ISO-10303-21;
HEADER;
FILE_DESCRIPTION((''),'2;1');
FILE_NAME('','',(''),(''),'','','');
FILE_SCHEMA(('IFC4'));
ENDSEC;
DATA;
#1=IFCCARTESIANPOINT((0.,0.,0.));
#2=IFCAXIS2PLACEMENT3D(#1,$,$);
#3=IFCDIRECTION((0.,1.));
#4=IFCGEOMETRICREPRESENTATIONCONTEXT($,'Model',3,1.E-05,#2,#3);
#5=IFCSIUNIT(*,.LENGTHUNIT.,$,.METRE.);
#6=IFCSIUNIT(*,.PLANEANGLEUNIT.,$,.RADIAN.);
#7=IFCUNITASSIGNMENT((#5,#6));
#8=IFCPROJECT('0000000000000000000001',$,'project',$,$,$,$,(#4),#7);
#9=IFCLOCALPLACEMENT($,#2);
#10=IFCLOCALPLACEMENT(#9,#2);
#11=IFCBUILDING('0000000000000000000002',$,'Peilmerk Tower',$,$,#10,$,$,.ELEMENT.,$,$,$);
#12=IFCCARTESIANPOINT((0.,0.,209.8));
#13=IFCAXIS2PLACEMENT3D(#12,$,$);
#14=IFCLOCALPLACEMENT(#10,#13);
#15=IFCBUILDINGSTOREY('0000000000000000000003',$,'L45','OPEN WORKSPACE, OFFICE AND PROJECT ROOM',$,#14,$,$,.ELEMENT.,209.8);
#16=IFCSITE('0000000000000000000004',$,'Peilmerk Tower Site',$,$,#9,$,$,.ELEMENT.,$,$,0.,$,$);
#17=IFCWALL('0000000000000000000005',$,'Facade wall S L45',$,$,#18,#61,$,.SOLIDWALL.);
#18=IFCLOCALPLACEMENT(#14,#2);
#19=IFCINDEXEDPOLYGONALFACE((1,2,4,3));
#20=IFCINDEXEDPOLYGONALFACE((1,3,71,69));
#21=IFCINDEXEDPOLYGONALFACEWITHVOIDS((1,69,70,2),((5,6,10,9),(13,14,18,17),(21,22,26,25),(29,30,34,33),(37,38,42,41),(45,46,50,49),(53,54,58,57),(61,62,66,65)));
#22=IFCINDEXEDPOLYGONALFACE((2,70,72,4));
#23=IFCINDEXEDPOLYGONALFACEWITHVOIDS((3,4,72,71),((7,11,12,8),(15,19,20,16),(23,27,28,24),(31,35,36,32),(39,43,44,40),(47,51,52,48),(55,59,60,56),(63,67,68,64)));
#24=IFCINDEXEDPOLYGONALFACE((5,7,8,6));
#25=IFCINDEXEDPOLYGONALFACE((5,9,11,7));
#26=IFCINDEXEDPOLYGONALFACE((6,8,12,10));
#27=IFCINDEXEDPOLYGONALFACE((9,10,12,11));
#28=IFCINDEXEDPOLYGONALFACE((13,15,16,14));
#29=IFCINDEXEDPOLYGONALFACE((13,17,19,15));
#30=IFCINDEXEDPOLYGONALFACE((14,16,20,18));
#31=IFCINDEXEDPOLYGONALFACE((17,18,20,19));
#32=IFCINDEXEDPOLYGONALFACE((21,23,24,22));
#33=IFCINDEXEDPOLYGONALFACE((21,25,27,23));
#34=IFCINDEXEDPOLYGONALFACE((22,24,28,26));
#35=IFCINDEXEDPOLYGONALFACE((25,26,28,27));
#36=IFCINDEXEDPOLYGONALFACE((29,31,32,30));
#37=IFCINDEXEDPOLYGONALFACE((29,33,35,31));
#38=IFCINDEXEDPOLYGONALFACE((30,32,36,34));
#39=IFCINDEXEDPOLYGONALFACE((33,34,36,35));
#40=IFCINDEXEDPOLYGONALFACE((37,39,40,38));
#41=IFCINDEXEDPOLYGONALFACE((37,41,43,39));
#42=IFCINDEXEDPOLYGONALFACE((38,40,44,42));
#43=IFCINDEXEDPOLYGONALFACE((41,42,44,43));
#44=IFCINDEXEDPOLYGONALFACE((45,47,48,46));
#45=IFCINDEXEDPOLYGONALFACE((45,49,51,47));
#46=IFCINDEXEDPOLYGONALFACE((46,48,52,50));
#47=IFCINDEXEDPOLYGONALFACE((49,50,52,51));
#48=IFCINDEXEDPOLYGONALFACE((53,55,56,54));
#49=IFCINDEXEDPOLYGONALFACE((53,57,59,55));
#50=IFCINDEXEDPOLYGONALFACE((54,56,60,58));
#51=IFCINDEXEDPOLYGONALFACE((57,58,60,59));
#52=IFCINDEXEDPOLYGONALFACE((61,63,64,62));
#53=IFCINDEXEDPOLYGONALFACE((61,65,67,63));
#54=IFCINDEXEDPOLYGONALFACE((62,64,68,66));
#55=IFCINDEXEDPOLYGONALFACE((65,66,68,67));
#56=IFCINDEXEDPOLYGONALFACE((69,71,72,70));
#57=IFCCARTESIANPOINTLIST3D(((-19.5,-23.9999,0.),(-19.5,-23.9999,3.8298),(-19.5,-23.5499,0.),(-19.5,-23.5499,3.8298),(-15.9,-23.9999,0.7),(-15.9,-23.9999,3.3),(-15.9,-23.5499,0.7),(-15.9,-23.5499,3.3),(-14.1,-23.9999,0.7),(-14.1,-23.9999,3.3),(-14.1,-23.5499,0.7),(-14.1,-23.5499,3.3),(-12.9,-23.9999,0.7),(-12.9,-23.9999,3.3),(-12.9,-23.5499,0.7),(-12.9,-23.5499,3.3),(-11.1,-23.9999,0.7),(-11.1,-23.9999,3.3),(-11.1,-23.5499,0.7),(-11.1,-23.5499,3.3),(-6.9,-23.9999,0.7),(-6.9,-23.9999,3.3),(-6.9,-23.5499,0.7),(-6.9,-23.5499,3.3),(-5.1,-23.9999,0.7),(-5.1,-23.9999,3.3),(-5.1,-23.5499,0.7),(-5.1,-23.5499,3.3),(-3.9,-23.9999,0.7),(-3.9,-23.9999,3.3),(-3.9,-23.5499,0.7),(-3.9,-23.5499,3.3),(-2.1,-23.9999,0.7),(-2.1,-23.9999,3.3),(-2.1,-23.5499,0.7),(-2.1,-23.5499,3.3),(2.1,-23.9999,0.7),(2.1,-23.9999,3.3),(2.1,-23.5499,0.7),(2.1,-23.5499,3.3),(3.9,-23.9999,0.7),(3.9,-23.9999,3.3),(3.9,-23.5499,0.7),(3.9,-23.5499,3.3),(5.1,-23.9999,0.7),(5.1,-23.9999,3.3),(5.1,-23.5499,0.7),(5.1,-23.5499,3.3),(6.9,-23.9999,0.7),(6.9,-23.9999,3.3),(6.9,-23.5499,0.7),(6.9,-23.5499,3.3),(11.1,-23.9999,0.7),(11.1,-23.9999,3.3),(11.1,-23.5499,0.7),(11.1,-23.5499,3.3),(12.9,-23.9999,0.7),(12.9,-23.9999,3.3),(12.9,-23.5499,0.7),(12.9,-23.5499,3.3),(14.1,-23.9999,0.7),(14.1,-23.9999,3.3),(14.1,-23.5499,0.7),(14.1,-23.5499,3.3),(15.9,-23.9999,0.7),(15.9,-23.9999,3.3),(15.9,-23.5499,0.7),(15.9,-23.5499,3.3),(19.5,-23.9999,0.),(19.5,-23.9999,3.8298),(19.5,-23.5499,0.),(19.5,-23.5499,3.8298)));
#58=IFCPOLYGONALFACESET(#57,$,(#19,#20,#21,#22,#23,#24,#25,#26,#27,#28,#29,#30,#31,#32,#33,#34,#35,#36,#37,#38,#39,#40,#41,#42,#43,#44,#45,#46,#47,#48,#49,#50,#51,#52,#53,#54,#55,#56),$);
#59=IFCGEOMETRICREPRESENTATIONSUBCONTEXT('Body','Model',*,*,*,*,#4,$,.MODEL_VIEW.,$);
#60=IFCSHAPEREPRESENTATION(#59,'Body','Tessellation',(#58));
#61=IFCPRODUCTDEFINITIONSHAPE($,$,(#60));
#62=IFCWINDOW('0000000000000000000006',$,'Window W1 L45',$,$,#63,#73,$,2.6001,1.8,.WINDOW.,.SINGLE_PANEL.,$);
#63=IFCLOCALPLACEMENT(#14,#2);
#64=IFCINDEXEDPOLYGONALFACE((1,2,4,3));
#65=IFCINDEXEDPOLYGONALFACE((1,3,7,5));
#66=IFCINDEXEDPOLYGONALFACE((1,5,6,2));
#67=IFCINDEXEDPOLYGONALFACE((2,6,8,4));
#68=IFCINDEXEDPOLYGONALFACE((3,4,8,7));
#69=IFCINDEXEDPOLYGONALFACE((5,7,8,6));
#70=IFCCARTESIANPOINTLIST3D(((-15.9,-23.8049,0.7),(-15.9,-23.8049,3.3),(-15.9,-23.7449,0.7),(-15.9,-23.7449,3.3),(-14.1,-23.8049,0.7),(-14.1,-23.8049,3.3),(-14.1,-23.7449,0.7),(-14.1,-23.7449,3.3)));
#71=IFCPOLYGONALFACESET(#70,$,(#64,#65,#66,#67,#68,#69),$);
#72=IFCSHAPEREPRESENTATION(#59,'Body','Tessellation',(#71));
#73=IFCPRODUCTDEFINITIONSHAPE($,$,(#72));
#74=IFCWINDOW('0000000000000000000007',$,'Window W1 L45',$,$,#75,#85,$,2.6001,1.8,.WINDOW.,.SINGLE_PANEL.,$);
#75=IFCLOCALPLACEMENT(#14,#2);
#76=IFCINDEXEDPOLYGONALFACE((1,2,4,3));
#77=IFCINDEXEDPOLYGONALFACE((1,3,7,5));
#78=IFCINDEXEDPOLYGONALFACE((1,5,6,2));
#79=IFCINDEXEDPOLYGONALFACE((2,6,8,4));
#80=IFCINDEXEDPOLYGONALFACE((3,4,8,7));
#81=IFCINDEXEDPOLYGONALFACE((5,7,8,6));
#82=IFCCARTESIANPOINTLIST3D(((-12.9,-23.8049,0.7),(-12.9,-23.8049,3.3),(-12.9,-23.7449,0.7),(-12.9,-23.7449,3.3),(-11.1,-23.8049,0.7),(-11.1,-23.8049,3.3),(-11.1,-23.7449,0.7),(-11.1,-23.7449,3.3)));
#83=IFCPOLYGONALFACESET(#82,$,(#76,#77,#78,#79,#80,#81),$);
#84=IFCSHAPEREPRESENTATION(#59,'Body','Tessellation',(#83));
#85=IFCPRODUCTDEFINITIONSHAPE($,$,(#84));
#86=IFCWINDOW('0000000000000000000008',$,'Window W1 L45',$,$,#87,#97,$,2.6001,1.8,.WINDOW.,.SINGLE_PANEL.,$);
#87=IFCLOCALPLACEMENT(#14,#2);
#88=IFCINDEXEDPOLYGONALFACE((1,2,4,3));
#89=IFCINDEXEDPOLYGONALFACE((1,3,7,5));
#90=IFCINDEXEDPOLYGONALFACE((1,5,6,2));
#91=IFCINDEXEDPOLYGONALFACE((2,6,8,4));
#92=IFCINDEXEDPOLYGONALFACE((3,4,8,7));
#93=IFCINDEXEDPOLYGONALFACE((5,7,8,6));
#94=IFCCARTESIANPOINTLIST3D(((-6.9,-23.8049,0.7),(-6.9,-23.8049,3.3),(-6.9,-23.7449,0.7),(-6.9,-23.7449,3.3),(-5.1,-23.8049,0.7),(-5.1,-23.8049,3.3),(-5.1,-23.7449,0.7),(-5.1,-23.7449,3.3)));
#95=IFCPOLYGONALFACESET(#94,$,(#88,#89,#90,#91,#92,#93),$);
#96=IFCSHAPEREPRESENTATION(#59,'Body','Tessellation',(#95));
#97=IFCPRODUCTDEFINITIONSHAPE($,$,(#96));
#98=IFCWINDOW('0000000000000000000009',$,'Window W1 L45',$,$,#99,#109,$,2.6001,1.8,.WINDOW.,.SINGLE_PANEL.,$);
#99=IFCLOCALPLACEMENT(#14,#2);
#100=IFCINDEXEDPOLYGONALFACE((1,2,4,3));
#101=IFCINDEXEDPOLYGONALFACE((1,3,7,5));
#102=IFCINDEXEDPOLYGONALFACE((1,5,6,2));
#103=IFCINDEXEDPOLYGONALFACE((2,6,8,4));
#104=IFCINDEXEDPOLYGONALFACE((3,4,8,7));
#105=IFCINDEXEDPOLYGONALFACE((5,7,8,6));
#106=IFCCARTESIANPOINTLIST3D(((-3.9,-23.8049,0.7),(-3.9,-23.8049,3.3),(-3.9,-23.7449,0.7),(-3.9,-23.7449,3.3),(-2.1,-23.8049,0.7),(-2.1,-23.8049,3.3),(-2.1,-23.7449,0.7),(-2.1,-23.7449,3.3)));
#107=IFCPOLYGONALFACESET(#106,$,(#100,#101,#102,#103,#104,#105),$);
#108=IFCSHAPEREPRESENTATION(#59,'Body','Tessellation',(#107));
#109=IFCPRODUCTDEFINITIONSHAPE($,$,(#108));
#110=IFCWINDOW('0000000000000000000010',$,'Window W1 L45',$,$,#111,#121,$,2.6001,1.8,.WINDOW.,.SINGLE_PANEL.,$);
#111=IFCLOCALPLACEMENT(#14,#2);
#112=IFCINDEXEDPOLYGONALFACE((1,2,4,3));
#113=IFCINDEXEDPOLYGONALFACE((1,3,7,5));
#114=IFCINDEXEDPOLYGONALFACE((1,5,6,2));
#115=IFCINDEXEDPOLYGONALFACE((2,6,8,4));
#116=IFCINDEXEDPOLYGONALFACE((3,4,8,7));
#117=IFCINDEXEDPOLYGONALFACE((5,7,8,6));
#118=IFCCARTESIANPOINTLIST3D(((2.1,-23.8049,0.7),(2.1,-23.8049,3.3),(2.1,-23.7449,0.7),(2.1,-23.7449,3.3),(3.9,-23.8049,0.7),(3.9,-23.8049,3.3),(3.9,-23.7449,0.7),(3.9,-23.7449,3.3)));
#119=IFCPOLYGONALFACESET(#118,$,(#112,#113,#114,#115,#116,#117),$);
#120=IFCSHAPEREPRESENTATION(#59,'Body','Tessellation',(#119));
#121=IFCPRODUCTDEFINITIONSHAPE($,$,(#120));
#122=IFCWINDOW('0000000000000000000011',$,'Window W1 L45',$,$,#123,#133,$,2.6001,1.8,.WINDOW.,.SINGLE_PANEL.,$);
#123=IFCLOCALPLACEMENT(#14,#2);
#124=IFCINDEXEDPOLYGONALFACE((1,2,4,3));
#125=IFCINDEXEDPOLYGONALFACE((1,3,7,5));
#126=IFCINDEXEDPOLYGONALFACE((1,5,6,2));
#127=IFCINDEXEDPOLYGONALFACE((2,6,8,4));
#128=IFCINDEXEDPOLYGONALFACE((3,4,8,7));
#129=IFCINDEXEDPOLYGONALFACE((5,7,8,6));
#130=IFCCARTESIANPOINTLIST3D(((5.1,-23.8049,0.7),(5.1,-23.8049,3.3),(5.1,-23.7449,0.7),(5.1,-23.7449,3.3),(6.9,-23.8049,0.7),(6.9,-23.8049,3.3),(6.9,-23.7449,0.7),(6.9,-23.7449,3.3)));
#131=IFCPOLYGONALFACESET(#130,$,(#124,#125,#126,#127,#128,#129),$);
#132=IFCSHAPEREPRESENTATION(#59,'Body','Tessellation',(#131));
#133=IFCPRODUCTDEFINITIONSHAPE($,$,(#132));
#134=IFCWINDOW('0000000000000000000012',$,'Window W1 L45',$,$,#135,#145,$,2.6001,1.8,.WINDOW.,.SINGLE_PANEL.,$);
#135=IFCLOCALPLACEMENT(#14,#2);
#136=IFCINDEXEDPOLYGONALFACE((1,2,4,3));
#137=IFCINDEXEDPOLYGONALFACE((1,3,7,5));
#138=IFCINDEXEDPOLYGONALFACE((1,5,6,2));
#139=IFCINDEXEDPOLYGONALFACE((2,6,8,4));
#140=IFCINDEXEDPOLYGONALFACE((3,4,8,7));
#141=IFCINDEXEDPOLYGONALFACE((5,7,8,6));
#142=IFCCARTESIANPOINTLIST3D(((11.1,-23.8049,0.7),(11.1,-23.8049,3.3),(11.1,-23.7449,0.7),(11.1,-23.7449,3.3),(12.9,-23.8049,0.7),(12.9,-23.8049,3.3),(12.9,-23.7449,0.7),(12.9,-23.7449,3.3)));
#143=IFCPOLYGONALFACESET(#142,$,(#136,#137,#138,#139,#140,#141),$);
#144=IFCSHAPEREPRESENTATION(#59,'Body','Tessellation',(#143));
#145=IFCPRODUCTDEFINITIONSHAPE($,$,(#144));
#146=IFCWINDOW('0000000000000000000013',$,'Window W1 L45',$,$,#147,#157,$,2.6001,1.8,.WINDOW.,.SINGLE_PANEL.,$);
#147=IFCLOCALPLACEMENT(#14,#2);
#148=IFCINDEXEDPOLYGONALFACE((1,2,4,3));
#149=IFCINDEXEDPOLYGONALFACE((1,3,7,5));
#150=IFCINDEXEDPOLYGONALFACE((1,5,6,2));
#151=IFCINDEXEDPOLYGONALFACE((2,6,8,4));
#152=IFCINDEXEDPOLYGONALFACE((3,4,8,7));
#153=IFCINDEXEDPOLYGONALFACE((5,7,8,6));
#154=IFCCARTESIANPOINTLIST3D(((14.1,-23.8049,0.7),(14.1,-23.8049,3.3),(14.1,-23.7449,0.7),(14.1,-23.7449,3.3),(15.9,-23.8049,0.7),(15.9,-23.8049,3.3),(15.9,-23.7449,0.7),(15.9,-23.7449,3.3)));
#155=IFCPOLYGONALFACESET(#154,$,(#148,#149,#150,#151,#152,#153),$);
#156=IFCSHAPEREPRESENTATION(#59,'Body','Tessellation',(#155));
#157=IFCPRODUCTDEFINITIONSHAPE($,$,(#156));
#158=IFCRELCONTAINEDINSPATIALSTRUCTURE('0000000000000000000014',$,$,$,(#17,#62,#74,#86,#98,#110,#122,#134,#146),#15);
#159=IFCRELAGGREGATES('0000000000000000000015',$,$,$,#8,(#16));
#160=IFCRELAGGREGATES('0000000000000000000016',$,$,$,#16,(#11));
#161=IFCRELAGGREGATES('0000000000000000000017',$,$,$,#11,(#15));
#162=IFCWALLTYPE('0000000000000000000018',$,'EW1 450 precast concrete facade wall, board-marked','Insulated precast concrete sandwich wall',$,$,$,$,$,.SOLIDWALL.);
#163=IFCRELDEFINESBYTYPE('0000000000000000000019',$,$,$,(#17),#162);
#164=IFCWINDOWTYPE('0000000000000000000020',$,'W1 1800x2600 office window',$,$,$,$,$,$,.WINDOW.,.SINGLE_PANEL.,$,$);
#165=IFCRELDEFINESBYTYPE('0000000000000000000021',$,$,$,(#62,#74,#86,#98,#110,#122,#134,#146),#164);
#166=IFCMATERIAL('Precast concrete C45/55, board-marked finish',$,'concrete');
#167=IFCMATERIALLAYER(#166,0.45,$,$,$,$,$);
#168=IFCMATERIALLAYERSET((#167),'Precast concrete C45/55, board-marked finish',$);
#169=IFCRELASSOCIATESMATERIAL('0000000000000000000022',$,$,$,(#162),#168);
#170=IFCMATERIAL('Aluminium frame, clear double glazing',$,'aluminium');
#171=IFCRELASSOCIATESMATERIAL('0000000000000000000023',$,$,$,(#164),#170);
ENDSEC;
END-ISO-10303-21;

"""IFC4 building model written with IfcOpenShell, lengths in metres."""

from ifc_helpers import new_model, si_unit, direction, frame, frame_2d, origin, place, context, subcontext, project, spatial, rectangle, extrude, material, layer, layer_set, type_object, element, fill, save


model = new_model("IFC4")

# Units and contexts
model_context = context("Model", 3, precision=1e-05, world=origin(), true_north=direction((0.0, 1.0)))
body_context = subcontext(model_context, "Body", "Model", "MODEL_VIEW")
ifc_project = project(units=[si_unit("LENGTHUNIT", "METRE"), si_unit("PLANEANGLEUNIT", "RADIAN")], contexts=[model_context])

# Site, building, storey
site_placement = place(None, origin())
site = spatial("IfcSite", under=ifc_project, at=site_placement, Name="Peilmerk Tower Site", CompositionType="ELEMENT", RefElevation=0.0)
building_placement = place(site_placement, origin())
building = spatial("IfcBuilding", under=site, at=building_placement, Name="Peilmerk Tower", CompositionType="ELEMENT")
storey_placement = place(building_placement, frame((0.0, 0.0, 209.8)))
storey = spatial("IfcBuildingStorey", under=building, at=storey_placement, Name="L45", Description="OPEN WORKSPACE, OFFICE AND PROJECT ROOM", CompositionType="ELEMENT", Elevation=209.8)

# Wall, openings, windows
ifc_material_1 = material(Name="Precast concrete C45/55, board-marked finish", Category="concrete")
ifc_layer_1 = layer(ifc_material_1, 0.45)
ifc_layer_set_1 = layer_set([ifc_layer_1], Name="Precast concrete C45/55, board-marked finish")
wall_type = type_object("IfcWallType", Name="EW1 450 precast concrete facade wall, board-marked", Description="Insulated precast concrete sandwich wall", PredefinedType="SOLIDWALL", material=ifc_layer_set_1)
wall_placement = place(storey_placement, frame((-19.5, -23.7749, 0.0), z_axis=(0.0, 0.0, 1.0), x_axis=(1.0, 0.0, 0.0)))
wall = element("IfcWall", 1, at=wall_placement, inside=storey, type_object=wall_type, Name="Facade wall S L45", PredefinedType="SOLIDWALL", context=body_context, shape_type="SweptSolid", body=[
    extrude(rectangle(XDim=39.0, YDim=0.45, at=frame_2d((19.5, 0.0))), origin(), (0.0, 0.0, 1.0), 3.8298),
])
opening_1_placement = place(wall_placement, frame((3.6001, 0.0, 0.7)))
opening_1 = element("IfcOpeningElement", 2, at=opening_1_placement, cuts=wall, PredefinedType="OPENING", context=body_context, shape_type="SweptSolid", body=[
    extrude(rectangle(XDim=1.8, YDim=2.6001, at=frame_2d((0.8999, 1.3))), frame((0.0, 0.2349, 0.0), z_axis=(0.0, -1.0, 0.0), x_axis=(1.0, 0.0, 0.0)), (0.0, 0.0, 1.0), 0.47),
])
opening_2_placement = place(wall_placement, frame((6.6001, 0.0, 0.7)))
opening_2 = element("IfcOpeningElement", 3, at=opening_2_placement, cuts=wall, PredefinedType="OPENING", context=body_context, shape_type="SweptSolid", body=[
    extrude(rectangle(XDim=1.8, YDim=2.6001, at=frame_2d((0.8999, 1.3))), frame((0.0, 0.2349, 0.0), z_axis=(0.0, -1.0, 0.0), x_axis=(1.0, 0.0, 0.0)), (0.0, 0.0, 1.0), 0.47),
])
opening_3_placement = place(wall_placement, frame((12.6001, 0.0, 0.7)))
opening_3 = element("IfcOpeningElement", 4, at=opening_3_placement, cuts=wall, PredefinedType="OPENING", context=body_context, shape_type="SweptSolid", body=[
    extrude(rectangle(XDim=1.8, YDim=2.6001, at=frame_2d((0.8999, 1.3))), frame((0.0, 0.2349, 0.0), z_axis=(0.0, -1.0, 0.0), x_axis=(1.0, 0.0, 0.0)), (0.0, 0.0, 1.0), 0.47),
])
opening_4_placement = place(wall_placement, frame((15.6001, 0.0, 0.7)))
opening_4 = element("IfcOpeningElement", 5, at=opening_4_placement, cuts=wall, PredefinedType="OPENING", context=body_context, shape_type="SweptSolid", body=[
    extrude(rectangle(XDim=1.8, YDim=2.6001, at=frame_2d((0.8999, 1.3))), frame((0.0, 0.2349, 0.0), z_axis=(0.0, -1.0, 0.0), x_axis=(1.0, 0.0, 0.0)), (0.0, 0.0, 1.0), 0.47),
])
opening_5_placement = place(wall_placement, frame((21.6001, 0.0, 0.7)))
opening_5 = element("IfcOpeningElement", 6, at=opening_5_placement, cuts=wall, PredefinedType="OPENING", context=body_context, shape_type="SweptSolid", body=[
    extrude(rectangle(XDim=1.8, YDim=2.6001, at=frame_2d((0.8999, 1.3))), frame((0.0, 0.2349, 0.0), z_axis=(0.0, -1.0, 0.0), x_axis=(1.0, 0.0, 0.0)), (0.0, 0.0, 1.0), 0.47),
])
opening_6_placement = place(wall_placement, frame((24.6001, 0.0, 0.7)))
opening_6 = element("IfcOpeningElement", 7, at=opening_6_placement, cuts=wall, PredefinedType="OPENING", context=body_context, shape_type="SweptSolid", body=[
    extrude(rectangle(XDim=1.8, YDim=2.6001, at=frame_2d((0.8999, 1.3))), frame((0.0, 0.2349, 0.0), z_axis=(0.0, -1.0, 0.0), x_axis=(1.0, 0.0, 0.0)), (0.0, 0.0, 1.0), 0.47),
])
opening_7_placement = place(wall_placement, frame((30.6001, 0.0, 0.7)))
opening_7 = element("IfcOpeningElement", 8, at=opening_7_placement, cuts=wall, PredefinedType="OPENING", context=body_context, shape_type="SweptSolid", body=[
    extrude(rectangle(XDim=1.8, YDim=2.6001, at=frame_2d((0.8999, 1.3))), frame((0.0, 0.2349, 0.0), z_axis=(0.0, -1.0, 0.0), x_axis=(1.0, 0.0, 0.0)), (0.0, 0.0, 1.0), 0.47),
])
opening_8_placement = place(wall_placement, frame((33.6001, 0.0, 0.7)))
opening_8 = element("IfcOpeningElement", 9, at=opening_8_placement, cuts=wall, PredefinedType="OPENING", context=body_context, shape_type="SweptSolid", body=[
    extrude(rectangle(XDim=1.8, YDim=2.6001, at=frame_2d((0.8999, 1.3))), frame((0.0, 0.2349, 0.0), z_axis=(0.0, -1.0, 0.0), x_axis=(1.0, 0.0, 0.0)), (0.0, 0.0, 1.0), 0.47),
])
ifc_material_2 = material(Name="Aluminium frame, clear double glazing", Category="aluminium")
window_type = type_object("IfcWindowType", Name="W1 1800x2600 office window", PartitioningType="SINGLE_PANEL", PredefinedType="WINDOW", material=ifc_material_2)
window_1_placement = place(opening_1_placement, origin())
window_1 = element("IfcWindow", 10, at=window_1_placement, inside=storey, type_object=window_type, Name="Window W1 L45", OverallHeight=2.6001, OverallWidth=1.8, PartitioningType="SINGLE_PANEL", PredefinedType="WINDOW", context=body_context, shape_type="SweptSolid", body=[
    extrude(rectangle(XDim=1.8, YDim=2.6001, at=frame_2d((0.8999, 1.3))), frame((0.0, 0.03, 0.0), z_axis=(0.0, -1.0, 0.0), x_axis=(1.0, 0.0, 0.0)), (0.0, 0.0, 1.0), 0.0601),
])
fill(opening_1, window_1)
window_2_placement = place(opening_2_placement, origin())
window_2 = element("IfcWindow", 11, at=window_2_placement, inside=storey, type_object=window_type, Name="Window W1 L45", OverallHeight=2.6001, OverallWidth=1.8, PartitioningType="SINGLE_PANEL", PredefinedType="WINDOW", context=body_context, shape_type="SweptSolid", body=[
    extrude(rectangle(XDim=1.8, YDim=2.6001, at=frame_2d((0.8999, 1.3))), frame((0.0, 0.03, 0.0), z_axis=(0.0, -1.0, 0.0), x_axis=(1.0, 0.0, 0.0)), (0.0, 0.0, 1.0), 0.0601),
])
fill(opening_2, window_2)
window_3_placement = place(opening_3_placement, origin())
window_3 = element("IfcWindow", 12, at=window_3_placement, inside=storey, type_object=window_type, Name="Window W1 L45", OverallHeight=2.6001, OverallWidth=1.8, PartitioningType="SINGLE_PANEL", PredefinedType="WINDOW", context=body_context, shape_type="SweptSolid", body=[
    extrude(rectangle(XDim=1.8, YDim=2.6001, at=frame_2d((0.8999, 1.3))), frame((0.0, 0.03, 0.0), z_axis=(0.0, -1.0, 0.0), x_axis=(1.0, 0.0, 0.0)), (0.0, 0.0, 1.0), 0.0601),
])
fill(opening_3, window_3)
window_4_placement = place(opening_4_placement, origin())
window_4 = element("IfcWindow", 13, at=window_4_placement, inside=storey, type_object=window_type, Name="Window W1 L45", OverallHeight=2.6001, OverallWidth=1.8, PartitioningType="SINGLE_PANEL", PredefinedType="WINDOW", context=body_context, shape_type="SweptSolid", body=[
    extrude(rectangle(XDim=1.8, YDim=2.6001, at=frame_2d((0.8999, 1.3))), frame((0.0, 0.03, 0.0), z_axis=(0.0, -1.0, 0.0), x_axis=(1.0, 0.0, 0.0)), (0.0, 0.0, 1.0), 0.0601),
])
fill(opening_4, window_4)
window_5_placement = place(opening_5_placement, origin())
window_5 = element("IfcWindow", 14, at=window_5_placement, inside=storey, type_object=window_type, Name="Window W1 L45", OverallHeight=2.6001, OverallWidth=1.8, PartitioningType="SINGLE_PANEL", PredefinedType="WINDOW", context=body_context, shape_type="SweptSolid", body=[
    extrude(rectangle(XDim=1.8, YDim=2.6001, at=frame_2d((0.8999, 1.3))), frame((0.0, 0.03, 0.0), z_axis=(0.0, -1.0, 0.0), x_axis=(1.0, 0.0, 0.0)), (0.0, 0.0, 1.0), 0.0601),
])
fill(opening_5, window_5)
window_6_placement = place(opening_6_placement, origin())
window_6 = element("IfcWindow", 15, at=window_6_placement, inside=storey, type_object=window_type, Name="Window W1 L45", OverallHeight=2.6001, OverallWidth=1.8, PartitioningType="SINGLE_PANEL", PredefinedType="WINDOW", context=body_context, shape_type="SweptSolid", body=[
    extrude(rectangle(XDim=1.8, YDim=2.6001, at=frame_2d((0.8999, 1.3))), frame((0.0, 0.03, 0.0), z_axis=(0.0, -1.0, 0.0), x_axis=(1.0, 0.0, 0.0)), (0.0, 0.0, 1.0), 0.0601),
])
fill(opening_6, window_6)
window_7_placement = place(opening_7_placement, origin())
window_7 = element("IfcWindow", 16, at=window_7_placement, inside=storey, type_object=window_type, Name="Window W1 L45", OverallHeight=2.6001, OverallWidth=1.8, PartitioningType="SINGLE_PANEL", PredefinedType="WINDOW", context=body_context, shape_type="SweptSolid", body=[
    extrude(rectangle(XDim=1.8, YDim=2.6001, at=frame_2d((0.8999, 1.3))), frame((0.0, 0.03, 0.0), z_axis=(0.0, -1.0, 0.0), x_axis=(1.0, 0.0, 0.0)), (0.0, 0.0, 1.0), 0.0601),
])
fill(opening_7, window_7)
window_8_placement = place(opening_8_placement, origin())
window_8 = element("IfcWindow", 17, at=window_8_placement, inside=storey, type_object=window_type, Name="Window W1 L45", OverallHeight=2.6001, OverallWidth=1.8, PartitioningType="SINGLE_PANEL", PredefinedType="WINDOW", context=body_context, shape_type="SweptSolid", body=[
    extrude(rectangle(XDim=1.8, YDim=2.6001, at=frame_2d((0.8999, 1.3))), frame((0.0, 0.03, 0.0), z_axis=(0.0, -1.0, 0.0), x_axis=(1.0, 0.0, 0.0)), (0.0, 0.0, 1.0), 0.0601),
])
fill(opening_8, window_8)

save(model, "model.ifc")
